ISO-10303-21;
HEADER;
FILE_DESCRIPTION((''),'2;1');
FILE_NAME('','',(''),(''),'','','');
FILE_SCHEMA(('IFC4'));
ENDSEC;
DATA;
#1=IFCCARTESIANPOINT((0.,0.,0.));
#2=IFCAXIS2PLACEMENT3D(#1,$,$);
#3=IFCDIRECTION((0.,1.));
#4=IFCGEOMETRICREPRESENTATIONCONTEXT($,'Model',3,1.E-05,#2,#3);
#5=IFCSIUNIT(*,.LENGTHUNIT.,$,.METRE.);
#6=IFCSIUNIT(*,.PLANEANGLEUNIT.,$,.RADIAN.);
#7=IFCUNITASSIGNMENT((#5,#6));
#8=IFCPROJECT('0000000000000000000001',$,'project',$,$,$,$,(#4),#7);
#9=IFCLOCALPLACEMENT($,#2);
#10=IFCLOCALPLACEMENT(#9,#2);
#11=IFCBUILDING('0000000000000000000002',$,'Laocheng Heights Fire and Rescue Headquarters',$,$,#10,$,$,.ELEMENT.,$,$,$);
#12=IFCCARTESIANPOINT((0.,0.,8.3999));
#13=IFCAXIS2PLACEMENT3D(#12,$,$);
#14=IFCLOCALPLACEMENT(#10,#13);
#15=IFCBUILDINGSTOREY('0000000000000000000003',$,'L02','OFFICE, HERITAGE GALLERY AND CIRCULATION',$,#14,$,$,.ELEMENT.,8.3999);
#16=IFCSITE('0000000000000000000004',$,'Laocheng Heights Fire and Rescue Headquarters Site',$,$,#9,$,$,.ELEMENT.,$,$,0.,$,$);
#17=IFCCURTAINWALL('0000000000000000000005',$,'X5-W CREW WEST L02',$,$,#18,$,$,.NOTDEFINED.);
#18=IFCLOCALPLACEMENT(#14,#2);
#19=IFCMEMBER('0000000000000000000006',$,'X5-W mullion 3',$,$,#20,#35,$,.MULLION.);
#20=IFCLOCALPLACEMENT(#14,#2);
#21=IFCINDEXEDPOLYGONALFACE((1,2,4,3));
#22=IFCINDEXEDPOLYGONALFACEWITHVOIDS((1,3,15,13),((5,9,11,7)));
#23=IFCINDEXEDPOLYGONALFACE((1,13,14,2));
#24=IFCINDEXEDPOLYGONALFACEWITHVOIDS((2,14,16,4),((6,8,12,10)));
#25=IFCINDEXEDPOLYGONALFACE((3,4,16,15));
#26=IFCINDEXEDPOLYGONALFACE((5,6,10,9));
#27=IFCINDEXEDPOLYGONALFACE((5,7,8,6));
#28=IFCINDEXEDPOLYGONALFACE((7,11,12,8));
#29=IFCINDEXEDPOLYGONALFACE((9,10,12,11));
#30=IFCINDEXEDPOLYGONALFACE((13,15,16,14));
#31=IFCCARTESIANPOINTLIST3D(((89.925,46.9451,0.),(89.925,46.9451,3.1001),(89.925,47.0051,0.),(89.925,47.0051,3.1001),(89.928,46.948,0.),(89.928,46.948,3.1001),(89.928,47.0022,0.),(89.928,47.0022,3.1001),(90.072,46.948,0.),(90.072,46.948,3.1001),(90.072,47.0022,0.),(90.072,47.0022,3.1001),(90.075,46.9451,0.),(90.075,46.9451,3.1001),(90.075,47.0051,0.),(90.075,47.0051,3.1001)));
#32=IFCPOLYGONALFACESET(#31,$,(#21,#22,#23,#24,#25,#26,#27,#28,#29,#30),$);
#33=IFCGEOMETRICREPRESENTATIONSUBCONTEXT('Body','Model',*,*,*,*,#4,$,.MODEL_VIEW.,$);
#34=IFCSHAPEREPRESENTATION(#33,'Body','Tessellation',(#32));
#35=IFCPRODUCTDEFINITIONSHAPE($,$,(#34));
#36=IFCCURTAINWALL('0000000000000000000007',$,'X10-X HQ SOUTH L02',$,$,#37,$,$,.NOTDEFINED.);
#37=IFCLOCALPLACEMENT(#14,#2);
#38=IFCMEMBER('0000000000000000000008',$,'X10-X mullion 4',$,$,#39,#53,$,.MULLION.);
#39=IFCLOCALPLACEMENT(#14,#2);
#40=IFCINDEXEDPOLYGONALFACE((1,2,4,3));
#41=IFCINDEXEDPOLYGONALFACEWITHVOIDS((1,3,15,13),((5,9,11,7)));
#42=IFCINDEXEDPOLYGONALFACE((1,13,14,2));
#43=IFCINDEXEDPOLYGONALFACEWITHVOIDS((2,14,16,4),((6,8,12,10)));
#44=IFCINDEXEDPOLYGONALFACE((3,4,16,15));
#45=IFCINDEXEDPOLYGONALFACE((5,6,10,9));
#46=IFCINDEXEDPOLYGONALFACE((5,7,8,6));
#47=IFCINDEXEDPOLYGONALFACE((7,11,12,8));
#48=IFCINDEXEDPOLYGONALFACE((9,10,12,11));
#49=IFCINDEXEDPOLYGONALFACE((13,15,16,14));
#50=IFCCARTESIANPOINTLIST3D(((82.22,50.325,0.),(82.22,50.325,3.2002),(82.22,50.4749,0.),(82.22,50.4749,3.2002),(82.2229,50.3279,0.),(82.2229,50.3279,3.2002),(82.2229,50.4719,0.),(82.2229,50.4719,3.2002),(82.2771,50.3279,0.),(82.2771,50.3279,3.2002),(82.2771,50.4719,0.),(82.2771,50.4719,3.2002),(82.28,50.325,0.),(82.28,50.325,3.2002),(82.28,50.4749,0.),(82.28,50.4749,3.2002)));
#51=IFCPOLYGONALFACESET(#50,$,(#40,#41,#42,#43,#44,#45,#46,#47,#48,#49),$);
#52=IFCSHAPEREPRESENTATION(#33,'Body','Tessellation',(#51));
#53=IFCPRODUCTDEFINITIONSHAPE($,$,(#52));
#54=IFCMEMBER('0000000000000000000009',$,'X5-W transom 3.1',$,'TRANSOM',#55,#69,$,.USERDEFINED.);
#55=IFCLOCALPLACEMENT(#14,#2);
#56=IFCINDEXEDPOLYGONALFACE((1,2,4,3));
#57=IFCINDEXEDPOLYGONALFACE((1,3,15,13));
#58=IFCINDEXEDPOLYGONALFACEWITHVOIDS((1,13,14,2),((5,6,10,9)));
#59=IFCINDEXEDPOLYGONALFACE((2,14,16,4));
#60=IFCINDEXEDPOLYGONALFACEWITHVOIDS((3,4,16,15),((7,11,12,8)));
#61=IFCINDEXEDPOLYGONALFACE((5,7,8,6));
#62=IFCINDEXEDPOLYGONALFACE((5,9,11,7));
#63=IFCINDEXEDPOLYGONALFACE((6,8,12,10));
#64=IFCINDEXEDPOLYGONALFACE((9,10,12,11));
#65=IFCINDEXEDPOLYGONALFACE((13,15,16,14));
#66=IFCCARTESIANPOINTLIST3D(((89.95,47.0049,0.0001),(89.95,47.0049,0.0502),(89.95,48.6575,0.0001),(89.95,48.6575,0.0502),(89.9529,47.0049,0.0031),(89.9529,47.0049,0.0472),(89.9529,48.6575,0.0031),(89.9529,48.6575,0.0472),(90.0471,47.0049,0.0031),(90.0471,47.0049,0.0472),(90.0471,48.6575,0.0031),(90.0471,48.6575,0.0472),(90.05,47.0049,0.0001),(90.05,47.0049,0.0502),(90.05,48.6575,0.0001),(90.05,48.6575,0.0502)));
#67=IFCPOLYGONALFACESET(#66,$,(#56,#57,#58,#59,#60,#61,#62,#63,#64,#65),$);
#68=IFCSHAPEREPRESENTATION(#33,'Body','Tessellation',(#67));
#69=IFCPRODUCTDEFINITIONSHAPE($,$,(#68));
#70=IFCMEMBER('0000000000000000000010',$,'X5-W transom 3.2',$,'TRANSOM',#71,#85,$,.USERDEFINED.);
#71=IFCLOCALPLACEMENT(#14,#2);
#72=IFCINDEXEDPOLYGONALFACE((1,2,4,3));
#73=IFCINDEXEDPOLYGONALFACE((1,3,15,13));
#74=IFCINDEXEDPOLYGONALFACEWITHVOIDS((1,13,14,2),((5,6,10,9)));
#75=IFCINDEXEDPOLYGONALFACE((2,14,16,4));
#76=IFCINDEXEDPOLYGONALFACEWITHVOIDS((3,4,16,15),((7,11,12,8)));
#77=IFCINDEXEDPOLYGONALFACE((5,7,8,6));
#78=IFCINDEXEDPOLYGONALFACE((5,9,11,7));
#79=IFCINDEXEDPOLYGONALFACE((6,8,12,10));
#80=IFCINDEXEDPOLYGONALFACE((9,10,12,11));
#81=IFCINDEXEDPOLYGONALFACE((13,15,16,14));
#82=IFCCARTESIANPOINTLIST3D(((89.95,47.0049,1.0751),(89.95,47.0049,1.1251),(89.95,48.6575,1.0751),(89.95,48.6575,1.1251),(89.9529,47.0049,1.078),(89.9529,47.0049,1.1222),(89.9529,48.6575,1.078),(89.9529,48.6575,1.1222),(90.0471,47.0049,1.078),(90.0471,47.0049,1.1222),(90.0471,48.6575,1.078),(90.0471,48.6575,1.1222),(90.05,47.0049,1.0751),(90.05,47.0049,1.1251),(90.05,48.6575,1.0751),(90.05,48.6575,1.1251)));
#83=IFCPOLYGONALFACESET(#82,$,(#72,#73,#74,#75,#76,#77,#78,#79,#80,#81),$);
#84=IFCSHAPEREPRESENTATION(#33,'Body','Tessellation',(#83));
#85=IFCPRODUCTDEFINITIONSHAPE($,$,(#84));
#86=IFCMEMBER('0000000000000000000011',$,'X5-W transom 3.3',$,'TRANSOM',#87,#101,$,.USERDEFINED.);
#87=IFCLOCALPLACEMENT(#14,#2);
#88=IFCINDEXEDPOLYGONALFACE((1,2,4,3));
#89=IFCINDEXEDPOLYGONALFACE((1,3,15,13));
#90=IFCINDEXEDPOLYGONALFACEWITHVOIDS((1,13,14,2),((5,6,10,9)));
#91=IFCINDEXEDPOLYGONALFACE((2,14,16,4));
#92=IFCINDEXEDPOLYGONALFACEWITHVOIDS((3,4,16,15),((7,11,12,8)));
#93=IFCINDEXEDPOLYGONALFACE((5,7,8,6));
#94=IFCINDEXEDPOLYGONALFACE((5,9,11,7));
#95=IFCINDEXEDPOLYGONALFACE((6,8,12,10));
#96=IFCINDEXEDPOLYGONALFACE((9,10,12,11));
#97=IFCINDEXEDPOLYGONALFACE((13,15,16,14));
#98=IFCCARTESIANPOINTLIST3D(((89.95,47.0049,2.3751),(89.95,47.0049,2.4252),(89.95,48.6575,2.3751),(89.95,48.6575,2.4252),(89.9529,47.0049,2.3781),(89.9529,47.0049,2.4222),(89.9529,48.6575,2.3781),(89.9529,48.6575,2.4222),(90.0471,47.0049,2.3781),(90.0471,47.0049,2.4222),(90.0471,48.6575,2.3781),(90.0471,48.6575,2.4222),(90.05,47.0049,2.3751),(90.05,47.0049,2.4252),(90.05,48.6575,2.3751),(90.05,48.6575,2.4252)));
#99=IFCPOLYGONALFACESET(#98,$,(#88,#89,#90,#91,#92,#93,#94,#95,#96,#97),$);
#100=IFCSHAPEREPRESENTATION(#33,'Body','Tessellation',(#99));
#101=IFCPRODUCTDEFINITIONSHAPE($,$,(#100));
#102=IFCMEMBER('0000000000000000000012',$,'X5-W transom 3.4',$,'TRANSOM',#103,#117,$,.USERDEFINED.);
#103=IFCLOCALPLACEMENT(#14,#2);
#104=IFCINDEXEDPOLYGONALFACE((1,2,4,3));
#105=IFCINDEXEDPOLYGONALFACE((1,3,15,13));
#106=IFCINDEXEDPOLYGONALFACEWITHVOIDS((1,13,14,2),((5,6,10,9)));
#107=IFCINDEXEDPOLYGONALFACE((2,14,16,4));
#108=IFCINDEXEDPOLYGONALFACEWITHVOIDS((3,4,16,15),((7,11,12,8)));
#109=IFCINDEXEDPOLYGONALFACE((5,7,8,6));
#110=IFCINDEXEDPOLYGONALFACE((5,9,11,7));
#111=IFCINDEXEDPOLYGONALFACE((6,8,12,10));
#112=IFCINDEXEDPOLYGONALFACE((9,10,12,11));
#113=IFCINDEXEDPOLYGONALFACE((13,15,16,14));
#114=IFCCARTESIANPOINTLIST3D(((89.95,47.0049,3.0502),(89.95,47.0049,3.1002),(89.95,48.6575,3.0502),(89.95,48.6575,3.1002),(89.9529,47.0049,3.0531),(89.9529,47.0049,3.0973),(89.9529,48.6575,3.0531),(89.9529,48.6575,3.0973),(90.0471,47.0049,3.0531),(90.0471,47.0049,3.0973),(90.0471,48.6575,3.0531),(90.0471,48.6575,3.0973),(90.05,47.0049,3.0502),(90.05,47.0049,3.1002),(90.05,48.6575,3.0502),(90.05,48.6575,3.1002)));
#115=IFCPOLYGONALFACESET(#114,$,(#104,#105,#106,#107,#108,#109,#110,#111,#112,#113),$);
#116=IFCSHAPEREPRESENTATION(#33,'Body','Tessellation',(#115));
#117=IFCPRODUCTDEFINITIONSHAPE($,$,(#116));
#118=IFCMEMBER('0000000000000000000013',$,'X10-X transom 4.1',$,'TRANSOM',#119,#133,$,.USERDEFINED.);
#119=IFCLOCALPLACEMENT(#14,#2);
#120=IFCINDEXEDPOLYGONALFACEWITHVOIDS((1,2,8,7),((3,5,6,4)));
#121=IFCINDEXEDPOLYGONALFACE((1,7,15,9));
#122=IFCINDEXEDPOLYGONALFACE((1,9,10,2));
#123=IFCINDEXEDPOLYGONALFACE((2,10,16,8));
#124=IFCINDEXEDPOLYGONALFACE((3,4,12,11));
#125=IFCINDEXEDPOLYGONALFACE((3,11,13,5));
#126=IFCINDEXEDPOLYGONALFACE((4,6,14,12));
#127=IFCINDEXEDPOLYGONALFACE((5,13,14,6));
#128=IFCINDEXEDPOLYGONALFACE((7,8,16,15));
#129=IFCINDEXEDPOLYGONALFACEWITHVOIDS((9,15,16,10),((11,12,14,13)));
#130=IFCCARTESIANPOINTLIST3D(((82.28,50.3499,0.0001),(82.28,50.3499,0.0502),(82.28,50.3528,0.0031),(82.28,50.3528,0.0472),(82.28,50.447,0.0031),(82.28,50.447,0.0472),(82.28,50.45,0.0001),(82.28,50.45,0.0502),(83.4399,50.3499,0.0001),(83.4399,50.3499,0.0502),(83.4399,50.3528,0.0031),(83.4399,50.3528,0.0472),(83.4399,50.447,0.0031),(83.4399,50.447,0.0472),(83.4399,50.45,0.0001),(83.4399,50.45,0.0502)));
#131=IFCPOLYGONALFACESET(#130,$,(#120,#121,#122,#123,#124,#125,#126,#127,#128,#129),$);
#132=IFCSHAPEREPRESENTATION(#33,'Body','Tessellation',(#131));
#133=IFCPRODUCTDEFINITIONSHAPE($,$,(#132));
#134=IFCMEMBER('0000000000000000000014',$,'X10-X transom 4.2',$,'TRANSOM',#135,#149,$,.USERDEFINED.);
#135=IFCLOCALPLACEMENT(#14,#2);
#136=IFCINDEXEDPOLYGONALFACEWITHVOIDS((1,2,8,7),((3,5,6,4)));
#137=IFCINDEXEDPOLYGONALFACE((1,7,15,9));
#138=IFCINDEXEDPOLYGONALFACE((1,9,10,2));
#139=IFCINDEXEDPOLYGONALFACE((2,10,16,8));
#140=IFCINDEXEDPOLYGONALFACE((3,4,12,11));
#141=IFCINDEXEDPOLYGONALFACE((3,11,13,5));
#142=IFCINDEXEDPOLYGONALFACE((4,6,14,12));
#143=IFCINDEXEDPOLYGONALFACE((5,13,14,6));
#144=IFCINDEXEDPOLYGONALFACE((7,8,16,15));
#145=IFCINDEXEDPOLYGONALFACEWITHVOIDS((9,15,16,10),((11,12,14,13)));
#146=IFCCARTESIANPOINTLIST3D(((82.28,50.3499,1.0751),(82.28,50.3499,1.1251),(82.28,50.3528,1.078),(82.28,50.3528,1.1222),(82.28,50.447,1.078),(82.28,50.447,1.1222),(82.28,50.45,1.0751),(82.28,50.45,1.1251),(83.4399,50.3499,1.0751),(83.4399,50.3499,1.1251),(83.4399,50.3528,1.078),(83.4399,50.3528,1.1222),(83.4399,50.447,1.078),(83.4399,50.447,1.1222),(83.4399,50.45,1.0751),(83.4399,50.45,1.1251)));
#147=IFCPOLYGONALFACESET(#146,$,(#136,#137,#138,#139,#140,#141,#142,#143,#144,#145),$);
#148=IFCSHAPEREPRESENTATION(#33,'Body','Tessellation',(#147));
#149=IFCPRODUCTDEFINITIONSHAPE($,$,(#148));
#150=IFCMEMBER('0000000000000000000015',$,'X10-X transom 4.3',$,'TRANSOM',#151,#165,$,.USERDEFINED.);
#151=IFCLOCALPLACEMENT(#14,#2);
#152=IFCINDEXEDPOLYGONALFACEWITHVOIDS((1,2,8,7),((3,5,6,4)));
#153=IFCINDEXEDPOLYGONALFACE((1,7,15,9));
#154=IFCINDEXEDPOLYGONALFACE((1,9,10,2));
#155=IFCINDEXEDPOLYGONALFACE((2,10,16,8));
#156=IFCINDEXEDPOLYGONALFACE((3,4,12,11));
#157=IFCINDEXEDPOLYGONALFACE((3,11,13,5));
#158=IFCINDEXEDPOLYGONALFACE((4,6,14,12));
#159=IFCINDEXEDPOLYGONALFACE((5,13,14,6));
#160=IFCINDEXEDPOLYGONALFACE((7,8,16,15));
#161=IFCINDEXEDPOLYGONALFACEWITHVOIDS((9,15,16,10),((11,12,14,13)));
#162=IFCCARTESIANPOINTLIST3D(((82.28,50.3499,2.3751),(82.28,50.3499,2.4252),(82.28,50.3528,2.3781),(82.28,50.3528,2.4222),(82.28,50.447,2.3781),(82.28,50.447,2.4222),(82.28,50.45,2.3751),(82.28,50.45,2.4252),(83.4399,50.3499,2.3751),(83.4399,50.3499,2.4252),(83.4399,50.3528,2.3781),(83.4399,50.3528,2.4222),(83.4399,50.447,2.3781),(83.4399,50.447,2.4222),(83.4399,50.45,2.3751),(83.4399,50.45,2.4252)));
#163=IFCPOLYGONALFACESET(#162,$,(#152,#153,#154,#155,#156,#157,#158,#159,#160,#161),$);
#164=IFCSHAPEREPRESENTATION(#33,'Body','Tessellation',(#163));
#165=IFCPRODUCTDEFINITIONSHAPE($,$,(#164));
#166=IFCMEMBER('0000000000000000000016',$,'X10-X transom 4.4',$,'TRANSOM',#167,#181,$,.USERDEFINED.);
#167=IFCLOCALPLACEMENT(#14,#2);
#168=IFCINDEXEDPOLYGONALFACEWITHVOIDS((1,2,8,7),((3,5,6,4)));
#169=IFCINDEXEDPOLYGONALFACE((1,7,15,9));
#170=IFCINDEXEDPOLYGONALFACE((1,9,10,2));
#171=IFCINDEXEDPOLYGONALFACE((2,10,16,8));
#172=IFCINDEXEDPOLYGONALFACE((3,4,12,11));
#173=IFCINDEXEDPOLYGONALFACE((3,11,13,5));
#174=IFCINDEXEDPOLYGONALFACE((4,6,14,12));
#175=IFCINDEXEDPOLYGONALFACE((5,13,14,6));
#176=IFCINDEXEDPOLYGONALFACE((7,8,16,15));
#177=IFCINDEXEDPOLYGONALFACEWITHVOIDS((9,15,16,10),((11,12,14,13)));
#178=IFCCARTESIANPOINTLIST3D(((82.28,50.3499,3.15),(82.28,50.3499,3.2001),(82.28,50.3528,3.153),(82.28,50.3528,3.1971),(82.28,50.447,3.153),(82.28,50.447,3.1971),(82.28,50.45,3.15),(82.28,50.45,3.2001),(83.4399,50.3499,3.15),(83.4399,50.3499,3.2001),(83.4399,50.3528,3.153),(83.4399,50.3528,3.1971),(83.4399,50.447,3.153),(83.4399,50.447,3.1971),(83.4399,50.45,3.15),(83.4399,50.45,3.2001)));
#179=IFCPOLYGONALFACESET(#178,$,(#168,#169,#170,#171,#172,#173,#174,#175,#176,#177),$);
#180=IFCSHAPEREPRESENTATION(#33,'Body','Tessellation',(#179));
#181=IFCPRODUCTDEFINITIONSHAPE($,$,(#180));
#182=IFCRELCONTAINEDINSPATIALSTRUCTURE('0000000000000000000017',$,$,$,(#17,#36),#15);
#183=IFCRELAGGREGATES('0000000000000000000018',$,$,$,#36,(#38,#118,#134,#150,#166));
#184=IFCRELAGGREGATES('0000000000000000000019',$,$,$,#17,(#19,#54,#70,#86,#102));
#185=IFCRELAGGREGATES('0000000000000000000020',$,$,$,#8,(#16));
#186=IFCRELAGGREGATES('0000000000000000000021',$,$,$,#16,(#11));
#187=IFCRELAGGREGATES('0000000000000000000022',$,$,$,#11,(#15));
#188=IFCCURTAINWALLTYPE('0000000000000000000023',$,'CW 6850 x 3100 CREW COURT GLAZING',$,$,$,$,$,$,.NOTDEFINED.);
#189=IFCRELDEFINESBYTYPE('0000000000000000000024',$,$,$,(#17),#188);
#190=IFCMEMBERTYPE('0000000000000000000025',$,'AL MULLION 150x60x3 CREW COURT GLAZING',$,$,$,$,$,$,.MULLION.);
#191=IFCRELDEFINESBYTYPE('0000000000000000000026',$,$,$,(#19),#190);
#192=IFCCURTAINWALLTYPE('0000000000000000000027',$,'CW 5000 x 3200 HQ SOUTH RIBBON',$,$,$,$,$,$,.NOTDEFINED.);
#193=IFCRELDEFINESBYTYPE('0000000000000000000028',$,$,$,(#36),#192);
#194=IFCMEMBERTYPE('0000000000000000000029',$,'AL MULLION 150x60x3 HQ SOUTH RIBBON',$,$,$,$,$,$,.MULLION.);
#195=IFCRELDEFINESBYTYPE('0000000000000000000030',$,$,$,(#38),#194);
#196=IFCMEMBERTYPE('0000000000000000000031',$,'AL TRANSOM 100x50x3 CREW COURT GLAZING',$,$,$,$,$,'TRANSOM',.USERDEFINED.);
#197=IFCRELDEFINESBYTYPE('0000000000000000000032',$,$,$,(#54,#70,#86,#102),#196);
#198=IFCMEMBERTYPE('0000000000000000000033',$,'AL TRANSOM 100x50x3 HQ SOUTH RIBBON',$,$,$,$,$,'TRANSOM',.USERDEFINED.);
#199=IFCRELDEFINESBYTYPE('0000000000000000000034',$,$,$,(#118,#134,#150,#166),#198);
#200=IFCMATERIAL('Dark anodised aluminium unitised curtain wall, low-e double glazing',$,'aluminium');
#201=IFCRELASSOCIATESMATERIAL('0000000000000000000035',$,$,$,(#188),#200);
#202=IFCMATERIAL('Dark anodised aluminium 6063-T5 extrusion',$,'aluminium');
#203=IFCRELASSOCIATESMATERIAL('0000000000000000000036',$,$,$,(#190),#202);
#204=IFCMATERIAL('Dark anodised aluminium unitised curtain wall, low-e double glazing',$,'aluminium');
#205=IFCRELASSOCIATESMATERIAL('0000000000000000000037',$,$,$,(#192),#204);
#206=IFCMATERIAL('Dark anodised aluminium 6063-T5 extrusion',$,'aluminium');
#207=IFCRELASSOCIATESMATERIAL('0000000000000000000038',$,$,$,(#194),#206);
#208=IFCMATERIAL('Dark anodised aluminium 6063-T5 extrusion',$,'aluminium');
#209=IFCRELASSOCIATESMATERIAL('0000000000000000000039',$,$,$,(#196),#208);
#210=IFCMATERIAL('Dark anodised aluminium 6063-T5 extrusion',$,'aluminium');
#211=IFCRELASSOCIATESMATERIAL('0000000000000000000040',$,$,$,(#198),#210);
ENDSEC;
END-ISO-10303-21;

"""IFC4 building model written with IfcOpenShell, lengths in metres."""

from ifc_helpers import new_model, si_unit, direction, frame, origin, origin_2d, place, context, subcontext, project, spatial, hollow_rectangle, extrude, material, material_profile, profile_set, type_object, element, aggregate, save


model = new_model("IFC4")

# Units and contexts
model_context = context("Model", 3, precision=1e-05, world=origin(), true_north=direction((0.0, 1.0)))
body_context = subcontext(model_context, "Body", "Model", "MODEL_VIEW")
ifc_project = project(units=[si_unit("LENGTHUNIT", "METRE"), si_unit("PLANEANGLEUNIT", "RADIAN")], contexts=[model_context])

# Site, building, storey
site_placement = place(None, origin())
site = spatial("IfcSite", under=ifc_project, at=site_placement, Name="Laocheng Heights Fire and Rescue Headquarters Site", CompositionType="ELEMENT", RefElevation=0.0)
building_placement = place(site_placement, origin())
building = spatial("IfcBuilding", under=site, at=building_placement, Name="Laocheng Heights Fire and Rescue Headquarters", CompositionType="ELEMENT")
storey_placement = place(building_placement, frame((0.0, 0.0, 8.3999)))
storey = spatial("IfcBuildingStorey", under=building, at=storey_placement, Name="L02", Description="OFFICE, HERITAGE GALLERY AND CIRCULATION", CompositionType="ELEMENT", Elevation=8.3999)

# Curtain walls, members
ifc_material_1 = material(Name="Dark anodised aluminium unitised curtain wall, low-e double glazing", Category="aluminium")
curtain_wall_type_1 = type_object("IfcCurtainWallType", Name="CW 6850 x 3100 CREW COURT GLAZING", PredefinedType="NOTDEFINED", material=ifc_material_1)
curtain_wall_1_placement = place(storey_placement, origin())
curtain_wall_1 = element("IfcCurtainWall", 1, at=curtain_wall_1_placement, inside=storey, type_object=curtain_wall_type_1, Name="X5-W CREW WEST L02", PredefinedType="NOTDEFINED")
ifc_material_2 = material(Name="Dark anodised aluminium 6063-T5 extrusion", Category="aluminium")
ifc_material_profile_1 = material_profile(ifc_material_2, hollow_rectangle(XDim=0.1499, YDim=0.0601, WallThickness=0.0029, at=origin_2d()), Name="AL MULLION 150x60x3 CREW COURT GLAZING")
ifc_profile_set_1 = profile_set([ifc_material_profile_1], Name="Dark anodised aluminium 6063-T5 extrusion")
member_type_1 = type_object("IfcMemberType", Name="AL MULLION 150x60x3 CREW COURT GLAZING", PredefinedType="MULLION", material=ifc_profile_set_1)
member_1_placement = place(storey_placement, frame((90.0, 46.9751, 0.0), z_axis=(0.0, 0.0, 1.0), x_axis=(-1.0, 0.0, 0.0)))
member_1 = element("IfcMember", 2, at=member_1_placement, type_object=member_type_1, Name="X5-W mullion 3", PredefinedType="MULLION", context=body_context, shape_type="SweptSolid", body=[
    extrude(hollow_rectangle(XDim=0.1499, YDim=0.0601, WallThickness=0.0029, at=origin_2d()), origin(), (0.0, 0.0, 1.0), 3.1001),
])
ifc_material_3 = material(Name="Dark anodised aluminium unitised curtain wall, low-e double glazing", Category="aluminium")
curtain_wall_type_2 = type_object("IfcCurtainWallType", Name="CW 5000 x 3200 HQ SOUTH RIBBON", PredefinedType="NOTDEFINED", material=ifc_material_3)
curtain_wall_2_placement = place(storey_placement, origin())
curtain_wall_2 = element("IfcCurtainWall", 3, at=curtain_wall_2_placement, inside=storey, type_object=curtain_wall_type_2, Name="X10-X HQ SOUTH L02", PredefinedType="NOTDEFINED")
ifc_material_4 = material(Name="Dark anodised aluminium 6063-T5 extrusion", Category="aluminium")
ifc_material_profile_2 = material_profile(ifc_material_4, hollow_rectangle(XDim=0.1499, YDim=0.0601, WallThickness=0.0029, at=origin_2d()), Name="AL MULLION 150x60x3 HQ SOUTH RIBBON")
ifc_profile_set_2 = profile_set([ifc_material_profile_2], Name="Dark anodised aluminium 6063-T5 extrusion")
member_type_2 = type_object("IfcMemberType", Name="AL MULLION 150x60x3 HQ SOUTH RIBBON", PredefinedType="MULLION", material=ifc_profile_set_2)
member_2_placement = place(storey_placement, frame((82.25, 50.3999, 0.0), z_axis=(0.0, 0.0, 1.0), x_axis=(0.0, 1.0, 0.0)))
member_2 = element("IfcMember", 4, at=member_2_placement, type_object=member_type_2, Name="X10-X mullion 4", PredefinedType="MULLION", context=body_context, shape_type="SweptSolid", body=[
    extrude(hollow_rectangle(XDim=0.1499, YDim=0.0601, WallThickness=0.0029, at=origin_2d()), origin(), (0.0, 0.0, 1.0), 3.2002),
])

# Members
ifc_material_5 = material(Name="Dark anodised aluminium 6063-T5 extrusion", Category="aluminium")
ifc_material_profile_3 = material_profile(ifc_material_5, hollow_rectangle(XDim=0.1001, YDim=0.05, WallThickness=0.0029, at=origin_2d()), Name="AL TRANSOM 100x50x3 CREW COURT GLAZING")
ifc_profile_set_3 = profile_set([ifc_material_profile_3], Name="Dark anodised aluminium 6063-T5 extrusion")
member_type_3 = type_object("IfcMemberType", Name="AL TRANSOM 100x50x3 CREW COURT GLAZING", ElementType="TRANSOM", PredefinedType="USERDEFINED", material=ifc_profile_set_3)
member_3_placement = place(storey_placement, frame((90.0, 47.0049, 0.0251), z_axis=(0.0, 1.0, 0.0), x_axis=(-1.0, 0.0, 0.0)))
member_3 = element("IfcMember", 5, at=member_3_placement, type_object=member_type_3, Name="X5-W transom 3.1", ObjectType="TRANSOM", PredefinedType="USERDEFINED", context=body_context, shape_type="SweptSolid", body=[
    extrude(hollow_rectangle(XDim=0.1001, YDim=0.05, WallThickness=0.0029, at=origin_2d()), origin(), (0.0, 0.0, 1.0), 1.6526),
])
member_4_placement = place(storey_placement, frame((90.0, 47.0049, 1.1001), z_axis=(0.0, 1.0, 0.0), x_axis=(-1.0, 0.0, 0.0)))
member_4 = element("IfcMember", 6, at=member_4_placement, type_object=member_type_3, Name="X5-W transom 3.2", ObjectType="TRANSOM", PredefinedType="USERDEFINED", context=body_context, shape_type="SweptSolid", body=[
    extrude(hollow_rectangle(XDim=0.1001, YDim=0.05, WallThickness=0.0029, at=origin_2d()), origin(), (0.0, 0.0, 1.0), 1.6526),
])
member_5_placement = place(storey_placement, frame((90.0, 47.0049, 2.4001), z_axis=(0.0, 1.0, 0.0), x_axis=(-1.0, 0.0, 0.0)))
member_5 = element("IfcMember", 7, at=member_5_placement, type_object=member_type_3, Name="X5-W transom 3.3", ObjectType="TRANSOM", PredefinedType="USERDEFINED", context=body_context, shape_type="SweptSolid", body=[
    extrude(hollow_rectangle(XDim=0.1001, YDim=0.05, WallThickness=0.0029, at=origin_2d()), origin(), (0.0, 0.0, 1.0), 1.6526),
])
member_6_placement = place(storey_placement, frame((90.0, 47.0049, 3.0752), z_axis=(0.0, 1.0, 0.0), x_axis=(-1.0, 0.0, 0.0)))
member_6 = element("IfcMember", 8, at=member_6_placement, type_object=member_type_3, Name="X5-W transom 3.4", ObjectType="TRANSOM", PredefinedType="USERDEFINED", context=body_context, shape_type="SweptSolid", body=[
    extrude(hollow_rectangle(XDim=0.1001, YDim=0.05, WallThickness=0.0029, at=origin_2d()), origin(), (0.0, 0.0, 1.0), 1.6526),
])
ifc_material_6 = material(Name="Dark anodised aluminium 6063-T5 extrusion", Category="aluminium")
ifc_material_profile_4 = material_profile(ifc_material_6, hollow_rectangle(XDim=0.1001, YDim=0.05, WallThickness=0.0029, at=origin_2d()), Name="AL TRANSOM 100x50x3 HQ SOUTH RIBBON")
ifc_profile_set_4 = profile_set([ifc_material_profile_4], Name="Dark anodised aluminium 6063-T5 extrusion")
member_type_4 = type_object("IfcMemberType", Name="AL TRANSOM 100x50x3 HQ SOUTH RIBBON", ElementType="TRANSOM", PredefinedType="USERDEFINED", material=ifc_profile_set_4)
member_7_placement = place(storey_placement, frame((82.28, 50.3999, 0.0251), z_axis=(1.0, 0.0, 0.0), x_axis=(0.0, 1.0, 0.0)))
member_7 = element("IfcMember", 9, at=member_7_placement, type_object=member_type_4, Name="X10-X transom 4.1", ObjectType="TRANSOM", PredefinedType="USERDEFINED", context=body_context, shape_type="SweptSolid", body=[
    extrude(hollow_rectangle(XDim=0.1001, YDim=0.05, WallThickness=0.0029, at=origin_2d()), origin(), (0.0, 0.0, 1.0), 1.1599),
])
member_8_placement = place(storey_placement, frame((82.28, 50.3999, 1.1001), z_axis=(1.0, 0.0, 0.0), x_axis=(0.0, 1.0, 0.0)))
member_8 = element("IfcMember", 10, at=member_8_placement, type_object=member_type_4, Name="X10-X transom 4.2", ObjectType="TRANSOM", PredefinedType="USERDEFINED", context=body_context, shape_type="SweptSolid", body=[
    extrude(hollow_rectangle(XDim=0.1001, YDim=0.05, WallThickness=0.0029, at=origin_2d()), origin(), (0.0, 0.0, 1.0), 1.1599),
])
member_9_placement = place(storey_placement, frame((82.28, 50.3999, 2.4001), z_axis=(1.0, 0.0, 0.0), x_axis=(0.0, 1.0, 0.0)))
member_9 = element("IfcMember", 11, at=member_9_placement, type_object=member_type_4, Name="X10-X transom 4.3", ObjectType="TRANSOM", PredefinedType="USERDEFINED", context=body_context, shape_type="SweptSolid", body=[
    extrude(hollow_rectangle(XDim=0.1001, YDim=0.05, WallThickness=0.0029, at=origin_2d()), origin(), (0.0, 0.0, 1.0), 1.1599),
])
member_10_placement = place(storey_placement, frame((82.28, 50.3999, 3.175), z_axis=(1.0, 0.0, 0.0), x_axis=(0.0, 1.0, 0.0)))
member_10 = element("IfcMember", 12, at=member_10_placement, type_object=member_type_4, Name="X10-X transom 4.4", ObjectType="TRANSOM", PredefinedType="USERDEFINED", context=body_context, shape_type="SweptSolid", body=[
    extrude(hollow_rectangle(XDim=0.1001, YDim=0.05, WallThickness=0.0029, at=origin_2d()), origin(), (0.0, 0.0, 1.0), 1.1599),
])

aggregate(curtain_wall_2, [member_2, member_7, member_8, member_9, member_10])
aggregate(curtain_wall_1, [member_1, member_3, member_4, member_5, member_6])

save(model, "model.ifc")
